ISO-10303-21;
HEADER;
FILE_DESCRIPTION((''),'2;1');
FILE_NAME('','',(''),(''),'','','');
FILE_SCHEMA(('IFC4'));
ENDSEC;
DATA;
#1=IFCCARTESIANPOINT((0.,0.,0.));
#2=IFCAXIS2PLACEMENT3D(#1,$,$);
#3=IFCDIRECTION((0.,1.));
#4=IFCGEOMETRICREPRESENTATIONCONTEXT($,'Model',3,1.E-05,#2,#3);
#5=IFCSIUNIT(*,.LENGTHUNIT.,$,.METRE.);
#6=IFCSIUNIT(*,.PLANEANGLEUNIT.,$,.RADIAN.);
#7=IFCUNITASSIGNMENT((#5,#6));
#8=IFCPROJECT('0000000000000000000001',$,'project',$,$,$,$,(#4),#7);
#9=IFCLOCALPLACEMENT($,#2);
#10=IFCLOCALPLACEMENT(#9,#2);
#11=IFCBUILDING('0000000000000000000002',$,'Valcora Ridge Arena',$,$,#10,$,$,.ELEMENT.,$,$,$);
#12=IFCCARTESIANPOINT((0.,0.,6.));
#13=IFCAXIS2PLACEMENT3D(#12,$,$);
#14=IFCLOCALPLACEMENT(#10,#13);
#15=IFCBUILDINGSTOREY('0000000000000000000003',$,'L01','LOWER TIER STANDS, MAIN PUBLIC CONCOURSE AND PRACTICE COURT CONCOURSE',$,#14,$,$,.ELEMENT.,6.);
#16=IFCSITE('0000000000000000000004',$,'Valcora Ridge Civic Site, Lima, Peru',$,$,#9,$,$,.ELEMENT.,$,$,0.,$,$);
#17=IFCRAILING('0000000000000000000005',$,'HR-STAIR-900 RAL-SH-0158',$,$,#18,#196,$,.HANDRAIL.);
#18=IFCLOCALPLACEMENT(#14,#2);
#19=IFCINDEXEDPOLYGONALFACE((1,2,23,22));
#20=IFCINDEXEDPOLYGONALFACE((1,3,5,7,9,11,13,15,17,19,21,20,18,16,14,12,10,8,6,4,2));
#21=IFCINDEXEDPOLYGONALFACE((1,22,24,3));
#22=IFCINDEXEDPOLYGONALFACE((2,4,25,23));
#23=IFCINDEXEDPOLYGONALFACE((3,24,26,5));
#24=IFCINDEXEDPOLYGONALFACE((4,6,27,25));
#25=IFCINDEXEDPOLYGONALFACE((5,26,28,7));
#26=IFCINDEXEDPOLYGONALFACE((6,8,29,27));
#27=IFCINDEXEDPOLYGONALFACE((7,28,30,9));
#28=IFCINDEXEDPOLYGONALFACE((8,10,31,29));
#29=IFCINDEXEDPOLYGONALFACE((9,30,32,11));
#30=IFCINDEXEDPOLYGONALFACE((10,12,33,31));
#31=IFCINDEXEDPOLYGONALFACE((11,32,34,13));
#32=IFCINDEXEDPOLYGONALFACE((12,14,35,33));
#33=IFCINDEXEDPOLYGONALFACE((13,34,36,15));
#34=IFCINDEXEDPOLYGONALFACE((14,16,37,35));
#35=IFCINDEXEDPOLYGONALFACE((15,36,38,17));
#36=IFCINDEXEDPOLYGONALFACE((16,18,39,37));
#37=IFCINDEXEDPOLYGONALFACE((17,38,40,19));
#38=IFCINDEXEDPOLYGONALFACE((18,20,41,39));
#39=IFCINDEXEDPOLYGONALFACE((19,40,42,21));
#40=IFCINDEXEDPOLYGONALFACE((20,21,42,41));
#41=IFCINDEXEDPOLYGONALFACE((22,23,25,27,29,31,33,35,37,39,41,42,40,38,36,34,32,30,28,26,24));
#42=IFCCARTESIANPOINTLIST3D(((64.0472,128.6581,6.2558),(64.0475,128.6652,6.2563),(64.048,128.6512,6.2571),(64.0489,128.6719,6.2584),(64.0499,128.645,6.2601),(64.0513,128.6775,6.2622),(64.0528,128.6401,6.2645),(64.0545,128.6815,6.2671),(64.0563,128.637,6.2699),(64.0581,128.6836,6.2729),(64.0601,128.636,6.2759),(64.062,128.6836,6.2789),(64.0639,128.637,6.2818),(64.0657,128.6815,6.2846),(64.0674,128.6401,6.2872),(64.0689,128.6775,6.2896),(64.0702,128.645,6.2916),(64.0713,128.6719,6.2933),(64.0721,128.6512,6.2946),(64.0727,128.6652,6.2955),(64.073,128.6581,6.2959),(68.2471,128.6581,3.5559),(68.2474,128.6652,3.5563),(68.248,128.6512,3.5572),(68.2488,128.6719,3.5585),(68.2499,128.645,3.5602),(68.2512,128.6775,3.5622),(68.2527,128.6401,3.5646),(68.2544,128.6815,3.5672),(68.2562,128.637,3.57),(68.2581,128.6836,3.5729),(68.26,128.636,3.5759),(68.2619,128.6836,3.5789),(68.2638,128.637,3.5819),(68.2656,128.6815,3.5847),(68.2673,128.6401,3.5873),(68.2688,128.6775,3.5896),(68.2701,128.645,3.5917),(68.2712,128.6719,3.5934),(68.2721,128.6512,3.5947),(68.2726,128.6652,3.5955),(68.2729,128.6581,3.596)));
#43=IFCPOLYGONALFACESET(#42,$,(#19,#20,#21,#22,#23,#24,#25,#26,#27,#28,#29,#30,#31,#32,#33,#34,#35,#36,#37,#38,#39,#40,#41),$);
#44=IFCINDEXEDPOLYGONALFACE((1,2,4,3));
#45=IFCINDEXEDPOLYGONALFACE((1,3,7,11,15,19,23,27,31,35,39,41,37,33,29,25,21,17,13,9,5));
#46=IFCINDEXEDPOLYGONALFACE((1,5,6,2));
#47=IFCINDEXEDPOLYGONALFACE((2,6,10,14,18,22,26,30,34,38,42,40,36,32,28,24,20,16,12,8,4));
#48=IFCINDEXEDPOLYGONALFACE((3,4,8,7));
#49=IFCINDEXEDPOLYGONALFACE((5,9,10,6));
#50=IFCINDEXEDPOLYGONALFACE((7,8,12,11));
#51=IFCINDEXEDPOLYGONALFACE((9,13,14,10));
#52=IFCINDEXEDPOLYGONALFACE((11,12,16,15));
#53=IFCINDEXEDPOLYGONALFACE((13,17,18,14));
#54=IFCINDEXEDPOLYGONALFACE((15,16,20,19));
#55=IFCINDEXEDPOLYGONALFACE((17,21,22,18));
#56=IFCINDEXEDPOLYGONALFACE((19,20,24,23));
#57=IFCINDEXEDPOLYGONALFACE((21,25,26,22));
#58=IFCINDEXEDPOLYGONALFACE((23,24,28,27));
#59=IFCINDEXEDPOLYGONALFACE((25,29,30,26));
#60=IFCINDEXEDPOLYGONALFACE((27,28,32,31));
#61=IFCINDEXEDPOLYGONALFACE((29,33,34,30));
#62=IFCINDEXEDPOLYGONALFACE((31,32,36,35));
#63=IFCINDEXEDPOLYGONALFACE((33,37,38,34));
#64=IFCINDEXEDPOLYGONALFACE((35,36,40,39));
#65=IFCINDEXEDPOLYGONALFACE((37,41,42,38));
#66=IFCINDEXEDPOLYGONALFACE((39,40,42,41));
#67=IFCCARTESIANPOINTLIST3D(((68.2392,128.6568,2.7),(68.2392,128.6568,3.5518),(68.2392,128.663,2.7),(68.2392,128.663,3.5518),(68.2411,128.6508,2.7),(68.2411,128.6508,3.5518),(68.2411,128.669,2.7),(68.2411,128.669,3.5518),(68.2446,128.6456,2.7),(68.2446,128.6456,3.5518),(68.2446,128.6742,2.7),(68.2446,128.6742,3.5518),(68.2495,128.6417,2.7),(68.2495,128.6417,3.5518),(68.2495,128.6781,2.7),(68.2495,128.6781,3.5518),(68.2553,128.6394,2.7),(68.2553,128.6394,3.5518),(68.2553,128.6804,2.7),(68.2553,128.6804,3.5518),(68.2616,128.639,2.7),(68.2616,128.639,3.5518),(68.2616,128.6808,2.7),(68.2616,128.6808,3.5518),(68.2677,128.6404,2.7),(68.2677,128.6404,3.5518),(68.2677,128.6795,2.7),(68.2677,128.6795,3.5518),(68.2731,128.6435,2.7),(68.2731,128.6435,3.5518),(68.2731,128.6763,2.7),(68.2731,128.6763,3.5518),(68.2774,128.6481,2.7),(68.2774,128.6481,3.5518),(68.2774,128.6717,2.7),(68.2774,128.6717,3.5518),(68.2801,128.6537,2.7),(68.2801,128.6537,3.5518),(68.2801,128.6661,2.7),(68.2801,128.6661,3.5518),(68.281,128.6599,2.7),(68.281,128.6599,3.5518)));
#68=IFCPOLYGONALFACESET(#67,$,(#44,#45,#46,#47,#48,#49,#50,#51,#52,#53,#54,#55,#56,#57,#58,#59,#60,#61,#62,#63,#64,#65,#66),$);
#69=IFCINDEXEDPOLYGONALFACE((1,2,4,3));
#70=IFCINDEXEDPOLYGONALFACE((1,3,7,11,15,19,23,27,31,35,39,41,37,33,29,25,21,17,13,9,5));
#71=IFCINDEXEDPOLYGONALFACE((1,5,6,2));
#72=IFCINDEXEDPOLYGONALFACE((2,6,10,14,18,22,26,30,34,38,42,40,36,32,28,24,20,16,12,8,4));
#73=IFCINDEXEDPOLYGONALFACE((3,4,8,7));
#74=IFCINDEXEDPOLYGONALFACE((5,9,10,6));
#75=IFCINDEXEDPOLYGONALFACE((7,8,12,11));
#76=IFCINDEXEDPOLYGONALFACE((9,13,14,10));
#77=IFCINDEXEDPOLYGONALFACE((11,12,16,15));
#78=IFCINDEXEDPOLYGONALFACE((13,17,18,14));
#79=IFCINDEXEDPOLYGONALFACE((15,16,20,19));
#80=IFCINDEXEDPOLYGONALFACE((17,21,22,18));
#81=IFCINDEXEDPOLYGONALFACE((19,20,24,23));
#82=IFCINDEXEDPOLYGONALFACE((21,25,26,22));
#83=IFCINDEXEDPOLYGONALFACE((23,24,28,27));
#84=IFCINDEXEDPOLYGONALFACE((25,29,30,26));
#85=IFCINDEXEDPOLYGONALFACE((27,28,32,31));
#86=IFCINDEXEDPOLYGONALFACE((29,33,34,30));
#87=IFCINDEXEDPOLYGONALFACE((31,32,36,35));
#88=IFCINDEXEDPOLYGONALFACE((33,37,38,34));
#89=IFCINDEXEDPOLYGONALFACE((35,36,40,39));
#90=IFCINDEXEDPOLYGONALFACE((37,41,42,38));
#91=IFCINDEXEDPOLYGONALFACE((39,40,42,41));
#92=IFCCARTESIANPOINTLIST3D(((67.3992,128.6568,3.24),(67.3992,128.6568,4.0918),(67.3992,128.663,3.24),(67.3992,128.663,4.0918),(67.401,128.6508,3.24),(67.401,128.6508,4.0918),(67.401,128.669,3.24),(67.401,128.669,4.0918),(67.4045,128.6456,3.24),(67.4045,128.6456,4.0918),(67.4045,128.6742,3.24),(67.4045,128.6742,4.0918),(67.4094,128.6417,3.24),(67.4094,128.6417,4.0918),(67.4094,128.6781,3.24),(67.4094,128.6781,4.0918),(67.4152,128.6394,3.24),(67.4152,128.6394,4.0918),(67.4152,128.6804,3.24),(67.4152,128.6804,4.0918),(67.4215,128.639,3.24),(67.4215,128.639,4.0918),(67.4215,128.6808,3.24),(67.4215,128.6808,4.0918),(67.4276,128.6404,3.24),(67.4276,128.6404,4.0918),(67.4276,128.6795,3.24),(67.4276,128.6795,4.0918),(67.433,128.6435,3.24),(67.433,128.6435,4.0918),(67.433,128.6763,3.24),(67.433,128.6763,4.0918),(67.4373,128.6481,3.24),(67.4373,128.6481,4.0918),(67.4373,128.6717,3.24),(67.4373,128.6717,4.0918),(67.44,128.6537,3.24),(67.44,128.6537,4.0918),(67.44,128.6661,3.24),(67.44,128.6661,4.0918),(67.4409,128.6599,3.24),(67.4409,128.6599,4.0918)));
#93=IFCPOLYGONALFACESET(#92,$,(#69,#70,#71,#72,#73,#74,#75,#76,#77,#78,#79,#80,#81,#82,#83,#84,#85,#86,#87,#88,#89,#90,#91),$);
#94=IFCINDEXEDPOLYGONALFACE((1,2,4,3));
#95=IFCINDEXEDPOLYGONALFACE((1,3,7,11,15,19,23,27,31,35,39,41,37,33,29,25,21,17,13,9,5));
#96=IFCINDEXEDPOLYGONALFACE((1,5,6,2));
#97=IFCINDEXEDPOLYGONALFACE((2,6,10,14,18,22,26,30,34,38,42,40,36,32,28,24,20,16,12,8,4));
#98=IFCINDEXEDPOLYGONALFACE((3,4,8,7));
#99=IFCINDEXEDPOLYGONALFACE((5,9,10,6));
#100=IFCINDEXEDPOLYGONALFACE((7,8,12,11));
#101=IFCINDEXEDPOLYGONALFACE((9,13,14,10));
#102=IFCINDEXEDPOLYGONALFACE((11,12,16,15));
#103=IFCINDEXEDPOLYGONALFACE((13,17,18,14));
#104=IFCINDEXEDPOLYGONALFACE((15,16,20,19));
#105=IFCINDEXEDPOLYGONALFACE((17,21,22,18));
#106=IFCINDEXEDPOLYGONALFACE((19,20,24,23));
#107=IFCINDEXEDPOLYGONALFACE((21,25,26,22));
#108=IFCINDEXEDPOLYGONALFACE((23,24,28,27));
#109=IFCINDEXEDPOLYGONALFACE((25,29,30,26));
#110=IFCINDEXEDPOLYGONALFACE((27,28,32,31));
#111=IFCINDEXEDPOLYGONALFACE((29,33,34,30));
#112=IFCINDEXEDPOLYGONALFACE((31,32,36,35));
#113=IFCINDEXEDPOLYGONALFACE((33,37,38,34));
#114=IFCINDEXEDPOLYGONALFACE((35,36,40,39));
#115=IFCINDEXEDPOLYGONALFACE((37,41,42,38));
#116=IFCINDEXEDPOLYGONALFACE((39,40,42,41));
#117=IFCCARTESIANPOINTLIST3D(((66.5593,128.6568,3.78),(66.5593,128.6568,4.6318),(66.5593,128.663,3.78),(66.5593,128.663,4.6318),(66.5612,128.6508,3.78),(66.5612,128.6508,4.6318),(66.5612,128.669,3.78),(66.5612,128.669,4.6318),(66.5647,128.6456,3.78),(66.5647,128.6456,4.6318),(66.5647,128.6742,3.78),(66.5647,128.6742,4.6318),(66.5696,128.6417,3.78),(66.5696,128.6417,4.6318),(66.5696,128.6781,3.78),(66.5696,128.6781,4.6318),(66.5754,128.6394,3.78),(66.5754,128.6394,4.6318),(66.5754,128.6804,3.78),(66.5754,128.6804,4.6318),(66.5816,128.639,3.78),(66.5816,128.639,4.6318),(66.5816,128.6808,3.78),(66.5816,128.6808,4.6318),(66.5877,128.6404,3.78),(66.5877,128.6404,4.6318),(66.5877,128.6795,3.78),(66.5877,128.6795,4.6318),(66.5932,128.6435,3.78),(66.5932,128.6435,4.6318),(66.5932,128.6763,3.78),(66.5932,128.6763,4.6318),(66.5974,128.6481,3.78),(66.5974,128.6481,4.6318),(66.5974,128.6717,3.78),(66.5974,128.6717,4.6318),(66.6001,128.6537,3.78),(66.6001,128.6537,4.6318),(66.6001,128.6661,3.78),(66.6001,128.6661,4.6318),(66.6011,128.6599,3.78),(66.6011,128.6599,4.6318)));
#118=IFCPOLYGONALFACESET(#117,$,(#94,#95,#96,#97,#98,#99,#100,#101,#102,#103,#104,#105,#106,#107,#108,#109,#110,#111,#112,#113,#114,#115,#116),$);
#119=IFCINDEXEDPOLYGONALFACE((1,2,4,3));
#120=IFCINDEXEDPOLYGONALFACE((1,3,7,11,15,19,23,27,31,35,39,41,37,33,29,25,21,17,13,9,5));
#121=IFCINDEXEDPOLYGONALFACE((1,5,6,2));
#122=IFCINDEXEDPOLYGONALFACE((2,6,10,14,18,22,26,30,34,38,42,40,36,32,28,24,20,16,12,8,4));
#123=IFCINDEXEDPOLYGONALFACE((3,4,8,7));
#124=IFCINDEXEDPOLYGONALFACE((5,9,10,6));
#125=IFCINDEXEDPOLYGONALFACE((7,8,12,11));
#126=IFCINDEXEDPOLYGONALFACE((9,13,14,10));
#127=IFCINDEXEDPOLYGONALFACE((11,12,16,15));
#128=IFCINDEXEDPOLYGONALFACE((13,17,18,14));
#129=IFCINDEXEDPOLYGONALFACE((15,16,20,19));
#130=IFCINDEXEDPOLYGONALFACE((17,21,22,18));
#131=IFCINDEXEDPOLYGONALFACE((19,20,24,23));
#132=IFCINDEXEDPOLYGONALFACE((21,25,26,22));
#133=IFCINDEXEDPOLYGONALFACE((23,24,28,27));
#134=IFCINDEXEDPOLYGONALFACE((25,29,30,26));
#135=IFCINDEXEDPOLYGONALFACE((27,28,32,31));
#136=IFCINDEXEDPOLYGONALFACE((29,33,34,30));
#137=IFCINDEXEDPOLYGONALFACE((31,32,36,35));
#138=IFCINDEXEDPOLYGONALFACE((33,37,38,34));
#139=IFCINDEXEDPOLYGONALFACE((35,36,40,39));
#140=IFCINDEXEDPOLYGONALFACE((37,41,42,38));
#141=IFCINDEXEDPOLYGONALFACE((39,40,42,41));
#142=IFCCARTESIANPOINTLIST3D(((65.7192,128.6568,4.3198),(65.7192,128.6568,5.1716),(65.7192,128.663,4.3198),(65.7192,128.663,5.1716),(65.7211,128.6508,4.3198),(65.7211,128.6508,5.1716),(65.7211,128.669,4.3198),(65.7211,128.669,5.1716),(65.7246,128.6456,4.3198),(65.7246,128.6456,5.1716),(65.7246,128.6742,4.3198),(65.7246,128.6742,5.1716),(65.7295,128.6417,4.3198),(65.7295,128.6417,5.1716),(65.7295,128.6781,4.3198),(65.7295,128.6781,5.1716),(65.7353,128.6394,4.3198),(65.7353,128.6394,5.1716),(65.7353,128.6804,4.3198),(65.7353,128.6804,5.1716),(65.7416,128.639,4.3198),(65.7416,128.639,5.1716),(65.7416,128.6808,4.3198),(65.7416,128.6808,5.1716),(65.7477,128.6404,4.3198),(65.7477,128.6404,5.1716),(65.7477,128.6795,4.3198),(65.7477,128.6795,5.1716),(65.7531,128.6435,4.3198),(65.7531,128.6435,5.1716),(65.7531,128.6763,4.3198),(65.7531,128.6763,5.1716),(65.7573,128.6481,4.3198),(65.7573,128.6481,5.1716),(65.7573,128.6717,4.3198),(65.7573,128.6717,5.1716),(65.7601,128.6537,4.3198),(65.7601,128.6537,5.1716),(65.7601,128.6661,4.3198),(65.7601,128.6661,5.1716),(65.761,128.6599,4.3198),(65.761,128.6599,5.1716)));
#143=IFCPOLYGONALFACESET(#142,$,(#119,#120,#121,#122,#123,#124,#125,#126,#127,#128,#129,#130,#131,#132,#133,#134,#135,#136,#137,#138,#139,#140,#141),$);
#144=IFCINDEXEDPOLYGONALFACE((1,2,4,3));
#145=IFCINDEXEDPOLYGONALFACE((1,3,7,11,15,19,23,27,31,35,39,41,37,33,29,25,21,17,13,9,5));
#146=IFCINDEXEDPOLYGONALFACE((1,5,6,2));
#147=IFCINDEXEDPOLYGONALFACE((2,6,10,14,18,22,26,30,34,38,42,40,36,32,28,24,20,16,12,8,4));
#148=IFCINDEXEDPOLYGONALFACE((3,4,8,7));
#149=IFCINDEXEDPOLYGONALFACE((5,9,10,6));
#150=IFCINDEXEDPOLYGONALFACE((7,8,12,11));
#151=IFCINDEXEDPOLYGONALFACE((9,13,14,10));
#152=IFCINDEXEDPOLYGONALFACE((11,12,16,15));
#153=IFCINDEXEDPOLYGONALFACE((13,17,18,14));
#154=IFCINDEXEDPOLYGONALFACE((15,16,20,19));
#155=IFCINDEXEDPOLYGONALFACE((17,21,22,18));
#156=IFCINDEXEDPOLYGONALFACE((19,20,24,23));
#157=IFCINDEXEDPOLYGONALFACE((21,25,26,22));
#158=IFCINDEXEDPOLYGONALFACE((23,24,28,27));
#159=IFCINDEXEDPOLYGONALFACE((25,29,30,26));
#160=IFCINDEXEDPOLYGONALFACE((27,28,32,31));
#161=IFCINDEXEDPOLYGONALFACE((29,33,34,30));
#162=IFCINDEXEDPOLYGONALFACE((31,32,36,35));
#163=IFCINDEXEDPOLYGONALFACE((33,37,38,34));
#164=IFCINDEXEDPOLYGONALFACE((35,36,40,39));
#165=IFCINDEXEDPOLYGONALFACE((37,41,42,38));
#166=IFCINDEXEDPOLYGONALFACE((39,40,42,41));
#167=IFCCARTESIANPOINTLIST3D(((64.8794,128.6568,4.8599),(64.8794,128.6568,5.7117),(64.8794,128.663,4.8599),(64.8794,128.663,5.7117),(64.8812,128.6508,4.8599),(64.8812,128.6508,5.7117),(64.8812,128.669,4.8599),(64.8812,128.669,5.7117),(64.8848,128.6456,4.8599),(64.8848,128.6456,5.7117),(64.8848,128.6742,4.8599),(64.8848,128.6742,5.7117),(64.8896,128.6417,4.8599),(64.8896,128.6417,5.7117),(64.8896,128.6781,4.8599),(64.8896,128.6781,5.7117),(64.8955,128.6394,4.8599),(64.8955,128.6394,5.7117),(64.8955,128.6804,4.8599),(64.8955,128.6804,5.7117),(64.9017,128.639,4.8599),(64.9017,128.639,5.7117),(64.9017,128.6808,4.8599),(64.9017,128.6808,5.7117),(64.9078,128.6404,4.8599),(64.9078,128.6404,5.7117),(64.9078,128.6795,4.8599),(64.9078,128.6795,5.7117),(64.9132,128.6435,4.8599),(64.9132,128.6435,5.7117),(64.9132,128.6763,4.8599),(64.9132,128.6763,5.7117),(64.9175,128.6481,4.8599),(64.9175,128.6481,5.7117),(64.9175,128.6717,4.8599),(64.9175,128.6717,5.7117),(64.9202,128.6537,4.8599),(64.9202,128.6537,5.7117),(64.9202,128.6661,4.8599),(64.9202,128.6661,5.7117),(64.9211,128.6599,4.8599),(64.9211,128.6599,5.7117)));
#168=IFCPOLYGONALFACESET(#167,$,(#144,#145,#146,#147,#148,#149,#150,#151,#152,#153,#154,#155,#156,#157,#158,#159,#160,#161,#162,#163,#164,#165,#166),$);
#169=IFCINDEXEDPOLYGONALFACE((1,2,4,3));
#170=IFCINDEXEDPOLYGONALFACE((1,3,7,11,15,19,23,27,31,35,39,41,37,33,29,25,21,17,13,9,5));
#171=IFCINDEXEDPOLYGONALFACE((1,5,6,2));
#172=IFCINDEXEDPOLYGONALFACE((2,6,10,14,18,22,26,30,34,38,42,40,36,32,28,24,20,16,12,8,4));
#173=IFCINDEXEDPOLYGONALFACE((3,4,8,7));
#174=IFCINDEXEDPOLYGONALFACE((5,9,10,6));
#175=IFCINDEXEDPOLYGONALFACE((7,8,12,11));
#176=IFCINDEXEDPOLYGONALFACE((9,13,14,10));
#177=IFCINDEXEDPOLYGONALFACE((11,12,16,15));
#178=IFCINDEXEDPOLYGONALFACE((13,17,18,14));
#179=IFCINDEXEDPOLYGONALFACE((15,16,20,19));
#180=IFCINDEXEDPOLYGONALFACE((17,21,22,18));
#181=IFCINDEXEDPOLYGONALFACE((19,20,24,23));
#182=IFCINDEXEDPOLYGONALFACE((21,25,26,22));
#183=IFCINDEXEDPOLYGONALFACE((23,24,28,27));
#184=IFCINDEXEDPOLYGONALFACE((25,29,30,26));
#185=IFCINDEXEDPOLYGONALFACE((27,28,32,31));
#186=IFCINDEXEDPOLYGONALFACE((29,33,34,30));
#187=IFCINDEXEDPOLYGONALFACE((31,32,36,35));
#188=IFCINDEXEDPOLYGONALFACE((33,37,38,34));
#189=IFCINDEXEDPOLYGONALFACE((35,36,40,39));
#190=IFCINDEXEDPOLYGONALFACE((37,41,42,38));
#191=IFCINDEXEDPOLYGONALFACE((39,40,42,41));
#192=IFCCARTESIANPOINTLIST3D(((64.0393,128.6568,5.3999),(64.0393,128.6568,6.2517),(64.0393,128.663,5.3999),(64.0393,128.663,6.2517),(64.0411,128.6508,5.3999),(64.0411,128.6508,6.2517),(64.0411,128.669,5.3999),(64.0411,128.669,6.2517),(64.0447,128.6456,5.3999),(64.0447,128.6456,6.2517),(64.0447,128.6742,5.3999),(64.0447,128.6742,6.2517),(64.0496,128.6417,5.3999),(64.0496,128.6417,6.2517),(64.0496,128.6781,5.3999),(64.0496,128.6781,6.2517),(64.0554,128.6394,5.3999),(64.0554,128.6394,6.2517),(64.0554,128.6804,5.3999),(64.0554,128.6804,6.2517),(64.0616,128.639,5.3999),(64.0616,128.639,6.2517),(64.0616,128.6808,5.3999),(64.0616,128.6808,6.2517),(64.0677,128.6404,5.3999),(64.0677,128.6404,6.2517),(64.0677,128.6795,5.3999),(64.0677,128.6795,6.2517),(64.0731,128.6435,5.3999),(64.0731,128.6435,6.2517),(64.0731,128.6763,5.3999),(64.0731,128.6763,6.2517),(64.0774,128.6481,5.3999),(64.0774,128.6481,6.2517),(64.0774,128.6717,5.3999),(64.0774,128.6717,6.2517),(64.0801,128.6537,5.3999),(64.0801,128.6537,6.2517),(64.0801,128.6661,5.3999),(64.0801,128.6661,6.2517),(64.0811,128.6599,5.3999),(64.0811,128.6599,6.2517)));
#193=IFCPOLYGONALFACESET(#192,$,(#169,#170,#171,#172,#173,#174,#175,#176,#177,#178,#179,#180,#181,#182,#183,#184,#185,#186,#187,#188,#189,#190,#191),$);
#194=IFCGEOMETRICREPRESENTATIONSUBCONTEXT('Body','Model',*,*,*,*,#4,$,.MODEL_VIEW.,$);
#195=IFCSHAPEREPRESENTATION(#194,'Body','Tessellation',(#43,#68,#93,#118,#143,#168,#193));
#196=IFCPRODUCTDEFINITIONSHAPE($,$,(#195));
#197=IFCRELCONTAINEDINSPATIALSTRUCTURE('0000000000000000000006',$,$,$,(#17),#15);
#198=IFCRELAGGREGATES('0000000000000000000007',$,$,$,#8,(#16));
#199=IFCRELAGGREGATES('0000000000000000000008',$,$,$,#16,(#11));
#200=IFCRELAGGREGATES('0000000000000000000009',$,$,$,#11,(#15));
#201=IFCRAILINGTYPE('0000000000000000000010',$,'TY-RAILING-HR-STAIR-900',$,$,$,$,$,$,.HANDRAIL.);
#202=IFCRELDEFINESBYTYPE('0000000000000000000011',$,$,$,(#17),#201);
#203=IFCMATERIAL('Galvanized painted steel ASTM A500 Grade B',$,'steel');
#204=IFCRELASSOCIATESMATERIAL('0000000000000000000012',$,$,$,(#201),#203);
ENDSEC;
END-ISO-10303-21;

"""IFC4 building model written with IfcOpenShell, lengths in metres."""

from ifc_helpers import new_model, si_unit, direction, frame, origin, origin_2d, place, context, subcontext, project, spatial, circle, extrude, material, type_object, element, save


model = new_model("IFC4")

# Units and contexts
model_context = context("Model", 3, precision=1e-05, world=origin(), true_north=direction((0.0, 1.0)))
body_context = subcontext(model_context, "Body", "Model", "MODEL_VIEW")
ifc_project = project(units=[si_unit("LENGTHUNIT", "METRE"), si_unit("PLANEANGLEUNIT", "RADIAN")], contexts=[model_context])

# Site, building, storey
site_placement = place(None, origin())
site = spatial("IfcSite", under=ifc_project, at=site_placement, Name="Valcora Ridge Civic Site, Lima, Peru", CompositionType="ELEMENT", RefElevation=0.0)
building_placement = place(site_placement, origin())
building = spatial("IfcBuilding", under=site, at=building_placement, Name="Valcora Ridge Arena", CompositionType="ELEMENT")
storey_placement = place(building_placement, frame((0.0, 0.0, 6.0)))
storey = spatial("IfcBuildingStorey", under=building, at=storey_placement, Name="L01", Description="LOWER TIER STANDS, MAIN PUBLIC CONCOURSE AND PRACTICE COURT CONCOURSE", CompositionType="ELEMENT", Elevation=6.0)

# Railing
ifc_material_1 = material(Name="Galvanized painted steel ASTM A500 Grade B", Category="steel")
railing_type = type_object("IfcRailingType", Name="TY-RAILING-HR-STAIR-900", PredefinedType="HANDRAIL", material=ifc_material_1)
railing_placement = place(storey_placement, frame((68.26, 128.6599, 2.7)))
element("IfcRailing", 1, at=railing_placement, inside=storey, type_object=railing_type, Name="HR-STAIR-900 RAL-SH-0158", PredefinedType="HANDRAIL", context=body_context, shape_type="SweptSolid", body=[
    extrude(circle(Radius=0.0239, at=origin_2d()), frame((0.0, 0.0, 0.876), z_axis=(-0.84118, 0.0, 0.540755), x_axis=(0.0, -1.0, 0.0)), (0.0, 0.0, 1.0), 4.9929),
    extrude(circle(Radius=0.021, at=origin_2d()), origin(), (0.0, 0.0, 1.0), 0.8518),
    extrude(circle(Radius=0.021, at=origin_2d()), frame((-0.8401, 0.0, 0.54)), (0.0, 0.0, 1.0), 0.8518),
    extrude(circle(Radius=0.021, at=origin_2d()), frame((-1.6799, 0.0, 1.0801)), (0.0, 0.0, 1.0), 0.8518),
    extrude(circle(Radius=0.021, at=origin_2d()), frame((-2.52, 0.0, 1.6199)), (0.0, 0.0, 1.0), 0.8518),
    extrude(circle(Radius=0.021, at=origin_2d()), frame((-3.3599, 0.0, 2.1599)), (0.0, 0.0, 1.0), 0.8518),
    extrude(circle(Radius=0.021, at=origin_2d()), frame((-4.2, 0.0, 2.7)), (0.0, 0.0, 1.0), 0.8518),
])

save(model, "model.ifc")
